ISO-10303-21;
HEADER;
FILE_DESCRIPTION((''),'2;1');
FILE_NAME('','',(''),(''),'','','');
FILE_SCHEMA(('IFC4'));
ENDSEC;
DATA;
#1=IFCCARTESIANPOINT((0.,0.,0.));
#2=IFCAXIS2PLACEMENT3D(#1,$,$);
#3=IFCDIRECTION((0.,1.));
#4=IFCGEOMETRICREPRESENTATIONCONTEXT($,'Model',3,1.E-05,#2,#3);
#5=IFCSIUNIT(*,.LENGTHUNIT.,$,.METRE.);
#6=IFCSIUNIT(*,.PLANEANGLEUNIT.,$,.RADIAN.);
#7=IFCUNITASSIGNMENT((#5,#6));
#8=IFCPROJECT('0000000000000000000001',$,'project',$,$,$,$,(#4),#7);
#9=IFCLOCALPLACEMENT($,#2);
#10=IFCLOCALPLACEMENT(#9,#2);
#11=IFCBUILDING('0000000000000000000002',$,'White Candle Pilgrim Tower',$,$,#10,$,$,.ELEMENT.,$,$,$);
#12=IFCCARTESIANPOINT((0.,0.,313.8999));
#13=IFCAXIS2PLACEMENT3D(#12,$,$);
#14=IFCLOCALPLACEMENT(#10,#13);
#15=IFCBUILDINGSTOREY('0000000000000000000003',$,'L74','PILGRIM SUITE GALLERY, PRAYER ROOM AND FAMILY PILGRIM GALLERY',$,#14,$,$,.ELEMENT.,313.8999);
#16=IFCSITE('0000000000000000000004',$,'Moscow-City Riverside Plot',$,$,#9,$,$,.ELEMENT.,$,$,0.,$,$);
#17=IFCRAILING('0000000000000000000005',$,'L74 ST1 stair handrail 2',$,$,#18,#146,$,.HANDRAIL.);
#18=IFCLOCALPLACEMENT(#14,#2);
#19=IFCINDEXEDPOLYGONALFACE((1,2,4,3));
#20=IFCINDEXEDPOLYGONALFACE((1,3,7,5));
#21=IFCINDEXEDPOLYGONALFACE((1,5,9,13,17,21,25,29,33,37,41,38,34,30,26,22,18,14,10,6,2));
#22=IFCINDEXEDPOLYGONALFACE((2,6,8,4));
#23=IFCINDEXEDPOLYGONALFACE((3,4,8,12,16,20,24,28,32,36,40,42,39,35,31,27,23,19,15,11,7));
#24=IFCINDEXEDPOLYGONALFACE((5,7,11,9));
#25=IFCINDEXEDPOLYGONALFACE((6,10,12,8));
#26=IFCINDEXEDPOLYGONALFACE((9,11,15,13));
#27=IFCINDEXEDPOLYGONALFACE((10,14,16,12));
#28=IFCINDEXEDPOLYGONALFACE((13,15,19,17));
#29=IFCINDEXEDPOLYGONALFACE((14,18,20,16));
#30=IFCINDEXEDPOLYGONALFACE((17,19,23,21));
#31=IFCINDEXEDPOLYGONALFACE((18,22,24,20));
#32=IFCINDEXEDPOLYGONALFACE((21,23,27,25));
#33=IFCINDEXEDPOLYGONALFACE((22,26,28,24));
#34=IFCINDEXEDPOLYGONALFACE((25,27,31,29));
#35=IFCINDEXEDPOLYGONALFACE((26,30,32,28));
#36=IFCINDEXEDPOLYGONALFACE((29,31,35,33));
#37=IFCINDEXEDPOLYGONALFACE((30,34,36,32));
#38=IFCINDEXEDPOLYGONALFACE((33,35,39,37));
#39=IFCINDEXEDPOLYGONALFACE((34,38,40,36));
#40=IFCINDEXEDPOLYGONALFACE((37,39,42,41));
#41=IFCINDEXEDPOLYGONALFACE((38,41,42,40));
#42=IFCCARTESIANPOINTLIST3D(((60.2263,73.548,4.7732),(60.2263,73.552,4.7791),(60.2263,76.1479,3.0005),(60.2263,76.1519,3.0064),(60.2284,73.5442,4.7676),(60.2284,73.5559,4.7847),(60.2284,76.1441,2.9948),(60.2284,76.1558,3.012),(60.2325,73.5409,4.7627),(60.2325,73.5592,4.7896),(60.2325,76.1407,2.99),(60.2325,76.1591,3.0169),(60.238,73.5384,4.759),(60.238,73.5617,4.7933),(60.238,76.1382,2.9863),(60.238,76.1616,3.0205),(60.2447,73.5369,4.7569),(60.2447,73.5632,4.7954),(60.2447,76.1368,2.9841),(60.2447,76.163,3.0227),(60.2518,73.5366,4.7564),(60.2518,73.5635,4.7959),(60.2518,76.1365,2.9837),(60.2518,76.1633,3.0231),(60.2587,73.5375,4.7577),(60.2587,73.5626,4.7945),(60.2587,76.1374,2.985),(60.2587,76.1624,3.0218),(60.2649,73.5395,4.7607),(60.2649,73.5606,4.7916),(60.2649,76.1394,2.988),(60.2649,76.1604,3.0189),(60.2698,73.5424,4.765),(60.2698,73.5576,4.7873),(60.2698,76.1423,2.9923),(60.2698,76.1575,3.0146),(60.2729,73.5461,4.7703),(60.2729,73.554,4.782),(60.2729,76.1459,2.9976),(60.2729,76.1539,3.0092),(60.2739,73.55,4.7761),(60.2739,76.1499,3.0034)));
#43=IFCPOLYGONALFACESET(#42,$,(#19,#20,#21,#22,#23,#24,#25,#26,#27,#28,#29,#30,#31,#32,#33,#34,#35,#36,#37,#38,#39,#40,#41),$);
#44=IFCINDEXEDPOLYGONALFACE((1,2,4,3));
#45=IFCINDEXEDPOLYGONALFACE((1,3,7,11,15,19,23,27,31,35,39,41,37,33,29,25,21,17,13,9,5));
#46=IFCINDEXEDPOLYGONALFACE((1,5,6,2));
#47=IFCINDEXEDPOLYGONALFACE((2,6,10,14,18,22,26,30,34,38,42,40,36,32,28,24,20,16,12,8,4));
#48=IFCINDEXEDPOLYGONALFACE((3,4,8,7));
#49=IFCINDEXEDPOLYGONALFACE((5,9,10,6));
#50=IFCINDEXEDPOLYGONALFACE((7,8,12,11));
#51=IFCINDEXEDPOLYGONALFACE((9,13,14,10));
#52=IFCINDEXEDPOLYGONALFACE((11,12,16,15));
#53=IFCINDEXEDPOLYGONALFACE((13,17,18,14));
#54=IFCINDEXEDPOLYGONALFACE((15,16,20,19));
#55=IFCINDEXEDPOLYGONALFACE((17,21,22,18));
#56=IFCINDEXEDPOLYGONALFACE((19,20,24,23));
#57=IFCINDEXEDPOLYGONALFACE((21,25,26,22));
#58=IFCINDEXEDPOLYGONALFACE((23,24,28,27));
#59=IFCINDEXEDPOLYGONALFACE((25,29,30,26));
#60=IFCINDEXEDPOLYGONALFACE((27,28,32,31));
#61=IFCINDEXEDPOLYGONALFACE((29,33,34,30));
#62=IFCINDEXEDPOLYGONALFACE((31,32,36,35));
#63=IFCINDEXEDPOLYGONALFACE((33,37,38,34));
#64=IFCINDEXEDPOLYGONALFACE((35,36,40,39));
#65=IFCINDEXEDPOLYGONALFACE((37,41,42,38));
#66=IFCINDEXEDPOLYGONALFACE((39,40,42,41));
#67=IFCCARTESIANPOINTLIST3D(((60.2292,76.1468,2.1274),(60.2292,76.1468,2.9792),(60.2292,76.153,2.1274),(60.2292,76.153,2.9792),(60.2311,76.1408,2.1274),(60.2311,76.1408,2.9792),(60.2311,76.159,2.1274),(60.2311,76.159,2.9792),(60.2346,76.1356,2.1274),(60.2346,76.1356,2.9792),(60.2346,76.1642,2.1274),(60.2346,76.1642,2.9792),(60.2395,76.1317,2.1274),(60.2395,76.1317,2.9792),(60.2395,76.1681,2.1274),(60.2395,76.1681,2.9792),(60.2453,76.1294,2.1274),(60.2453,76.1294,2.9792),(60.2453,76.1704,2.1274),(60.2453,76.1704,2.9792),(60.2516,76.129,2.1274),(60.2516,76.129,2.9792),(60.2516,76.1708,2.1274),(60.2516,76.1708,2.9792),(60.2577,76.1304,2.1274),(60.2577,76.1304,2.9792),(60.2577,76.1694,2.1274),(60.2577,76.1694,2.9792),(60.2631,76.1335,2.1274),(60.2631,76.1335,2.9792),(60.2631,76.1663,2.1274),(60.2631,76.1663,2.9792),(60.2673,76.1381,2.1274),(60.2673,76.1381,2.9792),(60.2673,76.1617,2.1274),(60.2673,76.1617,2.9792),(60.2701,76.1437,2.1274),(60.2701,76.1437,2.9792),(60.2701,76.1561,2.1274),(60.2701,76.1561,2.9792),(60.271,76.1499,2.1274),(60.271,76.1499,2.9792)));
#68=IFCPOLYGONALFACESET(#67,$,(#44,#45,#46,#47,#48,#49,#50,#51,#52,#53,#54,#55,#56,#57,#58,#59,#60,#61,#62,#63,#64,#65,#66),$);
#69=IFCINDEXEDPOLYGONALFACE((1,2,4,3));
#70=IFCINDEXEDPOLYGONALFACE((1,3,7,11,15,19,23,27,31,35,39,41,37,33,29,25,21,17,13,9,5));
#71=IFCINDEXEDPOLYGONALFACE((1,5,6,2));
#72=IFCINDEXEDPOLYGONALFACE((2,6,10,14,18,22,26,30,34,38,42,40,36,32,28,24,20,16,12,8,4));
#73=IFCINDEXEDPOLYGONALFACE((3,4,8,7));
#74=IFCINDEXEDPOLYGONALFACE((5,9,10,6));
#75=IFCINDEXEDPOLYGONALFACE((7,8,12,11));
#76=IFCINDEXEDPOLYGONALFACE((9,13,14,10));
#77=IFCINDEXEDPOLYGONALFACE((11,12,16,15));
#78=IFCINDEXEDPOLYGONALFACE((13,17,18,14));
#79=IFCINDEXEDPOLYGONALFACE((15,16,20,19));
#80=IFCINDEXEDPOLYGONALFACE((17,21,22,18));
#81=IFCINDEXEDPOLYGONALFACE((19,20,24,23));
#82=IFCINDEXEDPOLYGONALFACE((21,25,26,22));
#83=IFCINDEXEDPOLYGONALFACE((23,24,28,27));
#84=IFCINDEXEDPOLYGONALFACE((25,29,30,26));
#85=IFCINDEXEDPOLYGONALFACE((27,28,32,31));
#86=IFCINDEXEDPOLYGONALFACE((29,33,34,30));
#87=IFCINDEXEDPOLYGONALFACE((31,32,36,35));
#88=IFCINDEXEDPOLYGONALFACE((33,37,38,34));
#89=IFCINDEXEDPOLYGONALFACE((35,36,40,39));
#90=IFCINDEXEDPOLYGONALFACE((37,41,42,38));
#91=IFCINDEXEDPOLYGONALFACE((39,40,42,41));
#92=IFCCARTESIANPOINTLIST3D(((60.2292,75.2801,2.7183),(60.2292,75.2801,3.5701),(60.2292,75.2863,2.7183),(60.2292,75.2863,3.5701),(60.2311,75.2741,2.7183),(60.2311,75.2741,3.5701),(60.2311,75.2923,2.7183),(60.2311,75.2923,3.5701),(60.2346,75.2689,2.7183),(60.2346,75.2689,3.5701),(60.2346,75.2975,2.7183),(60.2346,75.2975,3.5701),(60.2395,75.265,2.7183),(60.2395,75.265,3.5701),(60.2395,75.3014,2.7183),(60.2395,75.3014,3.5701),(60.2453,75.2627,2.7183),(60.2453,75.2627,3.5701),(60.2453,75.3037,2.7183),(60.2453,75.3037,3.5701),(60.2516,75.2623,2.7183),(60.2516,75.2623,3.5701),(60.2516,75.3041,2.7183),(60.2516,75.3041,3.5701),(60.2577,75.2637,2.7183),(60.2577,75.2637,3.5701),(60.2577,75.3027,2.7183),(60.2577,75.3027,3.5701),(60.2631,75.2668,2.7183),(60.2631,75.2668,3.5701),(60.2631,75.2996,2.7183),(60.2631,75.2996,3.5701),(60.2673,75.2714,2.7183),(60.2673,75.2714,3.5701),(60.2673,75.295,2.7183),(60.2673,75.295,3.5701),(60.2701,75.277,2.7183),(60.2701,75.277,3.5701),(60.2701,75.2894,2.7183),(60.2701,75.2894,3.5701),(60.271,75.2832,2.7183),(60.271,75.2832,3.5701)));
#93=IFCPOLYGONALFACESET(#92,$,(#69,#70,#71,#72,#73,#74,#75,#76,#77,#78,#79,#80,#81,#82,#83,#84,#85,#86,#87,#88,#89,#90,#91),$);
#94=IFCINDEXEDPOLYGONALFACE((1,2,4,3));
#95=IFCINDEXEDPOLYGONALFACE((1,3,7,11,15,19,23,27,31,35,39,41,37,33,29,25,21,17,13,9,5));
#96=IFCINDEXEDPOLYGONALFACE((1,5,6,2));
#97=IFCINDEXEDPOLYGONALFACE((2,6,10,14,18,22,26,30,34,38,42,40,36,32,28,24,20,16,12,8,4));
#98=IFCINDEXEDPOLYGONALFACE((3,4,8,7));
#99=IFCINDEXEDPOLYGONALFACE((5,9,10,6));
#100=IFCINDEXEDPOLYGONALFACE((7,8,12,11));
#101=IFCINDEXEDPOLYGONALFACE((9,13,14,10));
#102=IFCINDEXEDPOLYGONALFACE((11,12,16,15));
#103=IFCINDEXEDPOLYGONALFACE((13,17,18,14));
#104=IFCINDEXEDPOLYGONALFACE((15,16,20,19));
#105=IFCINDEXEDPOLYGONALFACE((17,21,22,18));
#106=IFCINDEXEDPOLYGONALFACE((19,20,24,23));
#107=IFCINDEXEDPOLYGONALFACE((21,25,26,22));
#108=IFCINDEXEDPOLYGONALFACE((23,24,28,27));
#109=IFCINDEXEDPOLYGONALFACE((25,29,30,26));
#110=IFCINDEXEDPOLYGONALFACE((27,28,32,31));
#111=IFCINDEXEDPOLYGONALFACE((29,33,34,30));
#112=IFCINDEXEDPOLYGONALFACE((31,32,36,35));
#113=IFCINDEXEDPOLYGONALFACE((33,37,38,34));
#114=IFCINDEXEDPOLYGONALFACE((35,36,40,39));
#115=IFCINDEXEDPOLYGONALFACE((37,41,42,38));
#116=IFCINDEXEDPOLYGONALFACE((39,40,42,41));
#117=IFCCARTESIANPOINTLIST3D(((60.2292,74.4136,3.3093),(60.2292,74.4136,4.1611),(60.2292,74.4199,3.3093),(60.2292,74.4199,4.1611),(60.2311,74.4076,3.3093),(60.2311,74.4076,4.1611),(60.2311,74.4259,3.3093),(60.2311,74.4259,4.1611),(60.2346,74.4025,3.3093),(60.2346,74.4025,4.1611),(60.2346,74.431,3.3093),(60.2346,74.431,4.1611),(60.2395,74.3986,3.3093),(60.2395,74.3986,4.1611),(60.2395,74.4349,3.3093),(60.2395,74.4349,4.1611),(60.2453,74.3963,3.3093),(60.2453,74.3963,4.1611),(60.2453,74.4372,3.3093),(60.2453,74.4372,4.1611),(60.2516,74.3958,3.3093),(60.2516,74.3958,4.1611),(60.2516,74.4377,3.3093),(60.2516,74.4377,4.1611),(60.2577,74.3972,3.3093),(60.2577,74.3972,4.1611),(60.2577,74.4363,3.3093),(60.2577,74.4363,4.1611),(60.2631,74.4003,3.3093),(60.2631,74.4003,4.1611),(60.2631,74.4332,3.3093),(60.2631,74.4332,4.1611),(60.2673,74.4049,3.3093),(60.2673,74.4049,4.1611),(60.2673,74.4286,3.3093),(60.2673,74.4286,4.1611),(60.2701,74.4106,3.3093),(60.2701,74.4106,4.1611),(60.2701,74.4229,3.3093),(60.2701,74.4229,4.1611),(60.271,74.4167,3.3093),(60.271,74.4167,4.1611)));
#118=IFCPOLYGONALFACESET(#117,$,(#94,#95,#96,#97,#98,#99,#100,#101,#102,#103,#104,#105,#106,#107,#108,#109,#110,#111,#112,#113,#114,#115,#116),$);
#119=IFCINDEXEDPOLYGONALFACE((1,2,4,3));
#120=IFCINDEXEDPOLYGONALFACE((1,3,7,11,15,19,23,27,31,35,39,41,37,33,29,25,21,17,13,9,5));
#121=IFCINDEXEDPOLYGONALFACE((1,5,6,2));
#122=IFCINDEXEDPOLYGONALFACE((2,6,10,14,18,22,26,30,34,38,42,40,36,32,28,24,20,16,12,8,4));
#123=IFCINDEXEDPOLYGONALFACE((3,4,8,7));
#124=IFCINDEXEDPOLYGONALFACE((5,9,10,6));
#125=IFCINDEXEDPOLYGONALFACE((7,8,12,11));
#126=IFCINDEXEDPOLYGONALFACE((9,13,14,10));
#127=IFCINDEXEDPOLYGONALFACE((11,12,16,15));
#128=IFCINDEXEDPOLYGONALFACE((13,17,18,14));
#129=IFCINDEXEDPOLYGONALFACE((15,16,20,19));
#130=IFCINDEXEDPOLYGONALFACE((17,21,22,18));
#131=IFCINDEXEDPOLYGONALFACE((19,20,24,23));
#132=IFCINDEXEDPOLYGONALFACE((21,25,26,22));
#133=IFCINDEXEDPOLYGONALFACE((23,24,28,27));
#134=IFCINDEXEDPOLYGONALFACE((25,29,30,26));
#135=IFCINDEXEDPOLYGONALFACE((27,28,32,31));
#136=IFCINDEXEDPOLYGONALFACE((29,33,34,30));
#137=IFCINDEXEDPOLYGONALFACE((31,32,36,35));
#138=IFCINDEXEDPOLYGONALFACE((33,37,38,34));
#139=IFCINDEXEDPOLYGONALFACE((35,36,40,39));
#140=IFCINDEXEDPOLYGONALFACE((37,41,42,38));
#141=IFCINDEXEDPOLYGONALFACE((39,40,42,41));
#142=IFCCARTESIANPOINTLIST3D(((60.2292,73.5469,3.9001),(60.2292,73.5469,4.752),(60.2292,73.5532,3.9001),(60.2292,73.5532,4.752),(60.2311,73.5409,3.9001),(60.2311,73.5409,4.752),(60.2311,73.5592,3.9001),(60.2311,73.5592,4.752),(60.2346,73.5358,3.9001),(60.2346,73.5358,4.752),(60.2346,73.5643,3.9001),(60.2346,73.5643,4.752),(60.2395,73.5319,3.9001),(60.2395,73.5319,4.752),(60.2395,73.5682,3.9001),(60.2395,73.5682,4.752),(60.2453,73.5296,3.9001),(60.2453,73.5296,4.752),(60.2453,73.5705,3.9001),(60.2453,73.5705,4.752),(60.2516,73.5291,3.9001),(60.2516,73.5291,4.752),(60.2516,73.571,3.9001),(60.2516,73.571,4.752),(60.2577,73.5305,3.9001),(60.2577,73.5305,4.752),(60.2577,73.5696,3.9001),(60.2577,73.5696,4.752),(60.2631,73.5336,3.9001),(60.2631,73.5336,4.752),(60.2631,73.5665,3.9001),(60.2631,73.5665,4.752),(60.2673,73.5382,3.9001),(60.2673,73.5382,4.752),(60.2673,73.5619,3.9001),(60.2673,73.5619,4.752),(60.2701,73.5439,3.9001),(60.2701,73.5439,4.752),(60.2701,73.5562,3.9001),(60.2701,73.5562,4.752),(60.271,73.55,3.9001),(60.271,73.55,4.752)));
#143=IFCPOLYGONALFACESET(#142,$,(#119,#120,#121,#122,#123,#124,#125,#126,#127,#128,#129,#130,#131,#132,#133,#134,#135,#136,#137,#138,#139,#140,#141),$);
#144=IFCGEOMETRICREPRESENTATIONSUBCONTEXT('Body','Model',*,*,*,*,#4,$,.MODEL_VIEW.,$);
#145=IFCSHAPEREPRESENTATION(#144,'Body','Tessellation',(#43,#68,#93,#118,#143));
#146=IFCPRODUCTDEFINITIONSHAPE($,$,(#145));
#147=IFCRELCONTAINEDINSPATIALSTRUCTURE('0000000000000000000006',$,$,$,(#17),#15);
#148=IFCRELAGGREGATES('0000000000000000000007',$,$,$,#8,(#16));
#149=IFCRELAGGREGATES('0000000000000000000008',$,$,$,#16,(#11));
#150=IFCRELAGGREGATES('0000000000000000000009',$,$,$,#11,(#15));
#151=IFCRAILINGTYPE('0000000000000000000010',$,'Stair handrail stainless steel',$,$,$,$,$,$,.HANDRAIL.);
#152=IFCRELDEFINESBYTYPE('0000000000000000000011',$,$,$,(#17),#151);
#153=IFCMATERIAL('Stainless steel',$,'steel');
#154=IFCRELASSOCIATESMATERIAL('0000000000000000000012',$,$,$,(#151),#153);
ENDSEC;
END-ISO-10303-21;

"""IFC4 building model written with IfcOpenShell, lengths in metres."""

from ifc_helpers import new_model, si_unit, direction, frame, origin, origin_2d, place, context, subcontext, project, spatial, circle, extrude, material, type_object, element, save


model = new_model("IFC4")

# Units and contexts
model_context = context("Model", 3, precision=1e-05, world=origin(), true_north=direction((0.0, 1.0)))
body_context = subcontext(model_context, "Body", "Model", "MODEL_VIEW")
ifc_project = project(units=[si_unit("LENGTHUNIT", "METRE"), si_unit("PLANEANGLEUNIT", "RADIAN")], contexts=[model_context])

# Site, building, storey
site_placement = place(None, origin())
site = spatial("IfcSite", under=ifc_project, at=site_placement, Name="Moscow-City Riverside Plot", CompositionType="ELEMENT", RefElevation=0.0)
building_placement = place(site_placement, origin())
building = spatial("IfcBuilding", under=site, at=building_placement, Name="White Candle Pilgrim Tower", CompositionType="ELEMENT")
storey_placement = place(building_placement, frame((0.0, 0.0, 313.8999)))
storey = spatial("IfcBuildingStorey", under=building, at=storey_placement, Name="L74", Description="PILGRIM SUITE GALLERY, PRAYER ROOM AND FAMILY PILGRIM GALLERY", CompositionType="ELEMENT", Elevation=313.8999)

# Railing
ifc_material_1 = material(Name="Stainless steel", Category="steel")
railing_type_1 = type_object("IfcRailingType", Name="Stair handrail stainless steel", PredefinedType="HANDRAIL", material=ifc_material_1)
railing_1_placement = place(storey_placement, frame((60.25, 76.1499, 2.1274)))
element("IfcRailing", 1, at=railing_1_placement, inside=storey, type_object=railing_type_1, Name="L74 ST1 stair handrail 2", PredefinedType="HANDRAIL", context=body_context, shape_type="SweptSolid", body=[
    extrude(circle(Radius=0.0239, at=origin_2d()), frame((0.0, 0.0, 0.876), z_axis=(0.0, -0.826216, 0.563354), x_axis=(1.0, 0.0, 0.0)), (0.0, 0.0, 1.0), 3.1467),
    extrude(circle(Radius=0.021, at=origin_2d()), origin(), (0.0, 0.0, 1.0), 0.8518),
    extrude(circle(Radius=0.021, at=origin_2d()), frame((0.0, -0.8667, 0.5908)), (0.0, 0.0, 1.0), 0.8518),
    extrude(circle(Radius=0.021, at=origin_2d()), frame((0.0, -1.7332, 1.1819)), (0.0, 0.0, 1.0), 0.8518),
    extrude(circle(Radius=0.021, at=origin_2d()), frame((0.0, -2.5999, 1.7727)), (0.0, 0.0, 1.0), 0.8518),
])

save(model, "model.ifc")
